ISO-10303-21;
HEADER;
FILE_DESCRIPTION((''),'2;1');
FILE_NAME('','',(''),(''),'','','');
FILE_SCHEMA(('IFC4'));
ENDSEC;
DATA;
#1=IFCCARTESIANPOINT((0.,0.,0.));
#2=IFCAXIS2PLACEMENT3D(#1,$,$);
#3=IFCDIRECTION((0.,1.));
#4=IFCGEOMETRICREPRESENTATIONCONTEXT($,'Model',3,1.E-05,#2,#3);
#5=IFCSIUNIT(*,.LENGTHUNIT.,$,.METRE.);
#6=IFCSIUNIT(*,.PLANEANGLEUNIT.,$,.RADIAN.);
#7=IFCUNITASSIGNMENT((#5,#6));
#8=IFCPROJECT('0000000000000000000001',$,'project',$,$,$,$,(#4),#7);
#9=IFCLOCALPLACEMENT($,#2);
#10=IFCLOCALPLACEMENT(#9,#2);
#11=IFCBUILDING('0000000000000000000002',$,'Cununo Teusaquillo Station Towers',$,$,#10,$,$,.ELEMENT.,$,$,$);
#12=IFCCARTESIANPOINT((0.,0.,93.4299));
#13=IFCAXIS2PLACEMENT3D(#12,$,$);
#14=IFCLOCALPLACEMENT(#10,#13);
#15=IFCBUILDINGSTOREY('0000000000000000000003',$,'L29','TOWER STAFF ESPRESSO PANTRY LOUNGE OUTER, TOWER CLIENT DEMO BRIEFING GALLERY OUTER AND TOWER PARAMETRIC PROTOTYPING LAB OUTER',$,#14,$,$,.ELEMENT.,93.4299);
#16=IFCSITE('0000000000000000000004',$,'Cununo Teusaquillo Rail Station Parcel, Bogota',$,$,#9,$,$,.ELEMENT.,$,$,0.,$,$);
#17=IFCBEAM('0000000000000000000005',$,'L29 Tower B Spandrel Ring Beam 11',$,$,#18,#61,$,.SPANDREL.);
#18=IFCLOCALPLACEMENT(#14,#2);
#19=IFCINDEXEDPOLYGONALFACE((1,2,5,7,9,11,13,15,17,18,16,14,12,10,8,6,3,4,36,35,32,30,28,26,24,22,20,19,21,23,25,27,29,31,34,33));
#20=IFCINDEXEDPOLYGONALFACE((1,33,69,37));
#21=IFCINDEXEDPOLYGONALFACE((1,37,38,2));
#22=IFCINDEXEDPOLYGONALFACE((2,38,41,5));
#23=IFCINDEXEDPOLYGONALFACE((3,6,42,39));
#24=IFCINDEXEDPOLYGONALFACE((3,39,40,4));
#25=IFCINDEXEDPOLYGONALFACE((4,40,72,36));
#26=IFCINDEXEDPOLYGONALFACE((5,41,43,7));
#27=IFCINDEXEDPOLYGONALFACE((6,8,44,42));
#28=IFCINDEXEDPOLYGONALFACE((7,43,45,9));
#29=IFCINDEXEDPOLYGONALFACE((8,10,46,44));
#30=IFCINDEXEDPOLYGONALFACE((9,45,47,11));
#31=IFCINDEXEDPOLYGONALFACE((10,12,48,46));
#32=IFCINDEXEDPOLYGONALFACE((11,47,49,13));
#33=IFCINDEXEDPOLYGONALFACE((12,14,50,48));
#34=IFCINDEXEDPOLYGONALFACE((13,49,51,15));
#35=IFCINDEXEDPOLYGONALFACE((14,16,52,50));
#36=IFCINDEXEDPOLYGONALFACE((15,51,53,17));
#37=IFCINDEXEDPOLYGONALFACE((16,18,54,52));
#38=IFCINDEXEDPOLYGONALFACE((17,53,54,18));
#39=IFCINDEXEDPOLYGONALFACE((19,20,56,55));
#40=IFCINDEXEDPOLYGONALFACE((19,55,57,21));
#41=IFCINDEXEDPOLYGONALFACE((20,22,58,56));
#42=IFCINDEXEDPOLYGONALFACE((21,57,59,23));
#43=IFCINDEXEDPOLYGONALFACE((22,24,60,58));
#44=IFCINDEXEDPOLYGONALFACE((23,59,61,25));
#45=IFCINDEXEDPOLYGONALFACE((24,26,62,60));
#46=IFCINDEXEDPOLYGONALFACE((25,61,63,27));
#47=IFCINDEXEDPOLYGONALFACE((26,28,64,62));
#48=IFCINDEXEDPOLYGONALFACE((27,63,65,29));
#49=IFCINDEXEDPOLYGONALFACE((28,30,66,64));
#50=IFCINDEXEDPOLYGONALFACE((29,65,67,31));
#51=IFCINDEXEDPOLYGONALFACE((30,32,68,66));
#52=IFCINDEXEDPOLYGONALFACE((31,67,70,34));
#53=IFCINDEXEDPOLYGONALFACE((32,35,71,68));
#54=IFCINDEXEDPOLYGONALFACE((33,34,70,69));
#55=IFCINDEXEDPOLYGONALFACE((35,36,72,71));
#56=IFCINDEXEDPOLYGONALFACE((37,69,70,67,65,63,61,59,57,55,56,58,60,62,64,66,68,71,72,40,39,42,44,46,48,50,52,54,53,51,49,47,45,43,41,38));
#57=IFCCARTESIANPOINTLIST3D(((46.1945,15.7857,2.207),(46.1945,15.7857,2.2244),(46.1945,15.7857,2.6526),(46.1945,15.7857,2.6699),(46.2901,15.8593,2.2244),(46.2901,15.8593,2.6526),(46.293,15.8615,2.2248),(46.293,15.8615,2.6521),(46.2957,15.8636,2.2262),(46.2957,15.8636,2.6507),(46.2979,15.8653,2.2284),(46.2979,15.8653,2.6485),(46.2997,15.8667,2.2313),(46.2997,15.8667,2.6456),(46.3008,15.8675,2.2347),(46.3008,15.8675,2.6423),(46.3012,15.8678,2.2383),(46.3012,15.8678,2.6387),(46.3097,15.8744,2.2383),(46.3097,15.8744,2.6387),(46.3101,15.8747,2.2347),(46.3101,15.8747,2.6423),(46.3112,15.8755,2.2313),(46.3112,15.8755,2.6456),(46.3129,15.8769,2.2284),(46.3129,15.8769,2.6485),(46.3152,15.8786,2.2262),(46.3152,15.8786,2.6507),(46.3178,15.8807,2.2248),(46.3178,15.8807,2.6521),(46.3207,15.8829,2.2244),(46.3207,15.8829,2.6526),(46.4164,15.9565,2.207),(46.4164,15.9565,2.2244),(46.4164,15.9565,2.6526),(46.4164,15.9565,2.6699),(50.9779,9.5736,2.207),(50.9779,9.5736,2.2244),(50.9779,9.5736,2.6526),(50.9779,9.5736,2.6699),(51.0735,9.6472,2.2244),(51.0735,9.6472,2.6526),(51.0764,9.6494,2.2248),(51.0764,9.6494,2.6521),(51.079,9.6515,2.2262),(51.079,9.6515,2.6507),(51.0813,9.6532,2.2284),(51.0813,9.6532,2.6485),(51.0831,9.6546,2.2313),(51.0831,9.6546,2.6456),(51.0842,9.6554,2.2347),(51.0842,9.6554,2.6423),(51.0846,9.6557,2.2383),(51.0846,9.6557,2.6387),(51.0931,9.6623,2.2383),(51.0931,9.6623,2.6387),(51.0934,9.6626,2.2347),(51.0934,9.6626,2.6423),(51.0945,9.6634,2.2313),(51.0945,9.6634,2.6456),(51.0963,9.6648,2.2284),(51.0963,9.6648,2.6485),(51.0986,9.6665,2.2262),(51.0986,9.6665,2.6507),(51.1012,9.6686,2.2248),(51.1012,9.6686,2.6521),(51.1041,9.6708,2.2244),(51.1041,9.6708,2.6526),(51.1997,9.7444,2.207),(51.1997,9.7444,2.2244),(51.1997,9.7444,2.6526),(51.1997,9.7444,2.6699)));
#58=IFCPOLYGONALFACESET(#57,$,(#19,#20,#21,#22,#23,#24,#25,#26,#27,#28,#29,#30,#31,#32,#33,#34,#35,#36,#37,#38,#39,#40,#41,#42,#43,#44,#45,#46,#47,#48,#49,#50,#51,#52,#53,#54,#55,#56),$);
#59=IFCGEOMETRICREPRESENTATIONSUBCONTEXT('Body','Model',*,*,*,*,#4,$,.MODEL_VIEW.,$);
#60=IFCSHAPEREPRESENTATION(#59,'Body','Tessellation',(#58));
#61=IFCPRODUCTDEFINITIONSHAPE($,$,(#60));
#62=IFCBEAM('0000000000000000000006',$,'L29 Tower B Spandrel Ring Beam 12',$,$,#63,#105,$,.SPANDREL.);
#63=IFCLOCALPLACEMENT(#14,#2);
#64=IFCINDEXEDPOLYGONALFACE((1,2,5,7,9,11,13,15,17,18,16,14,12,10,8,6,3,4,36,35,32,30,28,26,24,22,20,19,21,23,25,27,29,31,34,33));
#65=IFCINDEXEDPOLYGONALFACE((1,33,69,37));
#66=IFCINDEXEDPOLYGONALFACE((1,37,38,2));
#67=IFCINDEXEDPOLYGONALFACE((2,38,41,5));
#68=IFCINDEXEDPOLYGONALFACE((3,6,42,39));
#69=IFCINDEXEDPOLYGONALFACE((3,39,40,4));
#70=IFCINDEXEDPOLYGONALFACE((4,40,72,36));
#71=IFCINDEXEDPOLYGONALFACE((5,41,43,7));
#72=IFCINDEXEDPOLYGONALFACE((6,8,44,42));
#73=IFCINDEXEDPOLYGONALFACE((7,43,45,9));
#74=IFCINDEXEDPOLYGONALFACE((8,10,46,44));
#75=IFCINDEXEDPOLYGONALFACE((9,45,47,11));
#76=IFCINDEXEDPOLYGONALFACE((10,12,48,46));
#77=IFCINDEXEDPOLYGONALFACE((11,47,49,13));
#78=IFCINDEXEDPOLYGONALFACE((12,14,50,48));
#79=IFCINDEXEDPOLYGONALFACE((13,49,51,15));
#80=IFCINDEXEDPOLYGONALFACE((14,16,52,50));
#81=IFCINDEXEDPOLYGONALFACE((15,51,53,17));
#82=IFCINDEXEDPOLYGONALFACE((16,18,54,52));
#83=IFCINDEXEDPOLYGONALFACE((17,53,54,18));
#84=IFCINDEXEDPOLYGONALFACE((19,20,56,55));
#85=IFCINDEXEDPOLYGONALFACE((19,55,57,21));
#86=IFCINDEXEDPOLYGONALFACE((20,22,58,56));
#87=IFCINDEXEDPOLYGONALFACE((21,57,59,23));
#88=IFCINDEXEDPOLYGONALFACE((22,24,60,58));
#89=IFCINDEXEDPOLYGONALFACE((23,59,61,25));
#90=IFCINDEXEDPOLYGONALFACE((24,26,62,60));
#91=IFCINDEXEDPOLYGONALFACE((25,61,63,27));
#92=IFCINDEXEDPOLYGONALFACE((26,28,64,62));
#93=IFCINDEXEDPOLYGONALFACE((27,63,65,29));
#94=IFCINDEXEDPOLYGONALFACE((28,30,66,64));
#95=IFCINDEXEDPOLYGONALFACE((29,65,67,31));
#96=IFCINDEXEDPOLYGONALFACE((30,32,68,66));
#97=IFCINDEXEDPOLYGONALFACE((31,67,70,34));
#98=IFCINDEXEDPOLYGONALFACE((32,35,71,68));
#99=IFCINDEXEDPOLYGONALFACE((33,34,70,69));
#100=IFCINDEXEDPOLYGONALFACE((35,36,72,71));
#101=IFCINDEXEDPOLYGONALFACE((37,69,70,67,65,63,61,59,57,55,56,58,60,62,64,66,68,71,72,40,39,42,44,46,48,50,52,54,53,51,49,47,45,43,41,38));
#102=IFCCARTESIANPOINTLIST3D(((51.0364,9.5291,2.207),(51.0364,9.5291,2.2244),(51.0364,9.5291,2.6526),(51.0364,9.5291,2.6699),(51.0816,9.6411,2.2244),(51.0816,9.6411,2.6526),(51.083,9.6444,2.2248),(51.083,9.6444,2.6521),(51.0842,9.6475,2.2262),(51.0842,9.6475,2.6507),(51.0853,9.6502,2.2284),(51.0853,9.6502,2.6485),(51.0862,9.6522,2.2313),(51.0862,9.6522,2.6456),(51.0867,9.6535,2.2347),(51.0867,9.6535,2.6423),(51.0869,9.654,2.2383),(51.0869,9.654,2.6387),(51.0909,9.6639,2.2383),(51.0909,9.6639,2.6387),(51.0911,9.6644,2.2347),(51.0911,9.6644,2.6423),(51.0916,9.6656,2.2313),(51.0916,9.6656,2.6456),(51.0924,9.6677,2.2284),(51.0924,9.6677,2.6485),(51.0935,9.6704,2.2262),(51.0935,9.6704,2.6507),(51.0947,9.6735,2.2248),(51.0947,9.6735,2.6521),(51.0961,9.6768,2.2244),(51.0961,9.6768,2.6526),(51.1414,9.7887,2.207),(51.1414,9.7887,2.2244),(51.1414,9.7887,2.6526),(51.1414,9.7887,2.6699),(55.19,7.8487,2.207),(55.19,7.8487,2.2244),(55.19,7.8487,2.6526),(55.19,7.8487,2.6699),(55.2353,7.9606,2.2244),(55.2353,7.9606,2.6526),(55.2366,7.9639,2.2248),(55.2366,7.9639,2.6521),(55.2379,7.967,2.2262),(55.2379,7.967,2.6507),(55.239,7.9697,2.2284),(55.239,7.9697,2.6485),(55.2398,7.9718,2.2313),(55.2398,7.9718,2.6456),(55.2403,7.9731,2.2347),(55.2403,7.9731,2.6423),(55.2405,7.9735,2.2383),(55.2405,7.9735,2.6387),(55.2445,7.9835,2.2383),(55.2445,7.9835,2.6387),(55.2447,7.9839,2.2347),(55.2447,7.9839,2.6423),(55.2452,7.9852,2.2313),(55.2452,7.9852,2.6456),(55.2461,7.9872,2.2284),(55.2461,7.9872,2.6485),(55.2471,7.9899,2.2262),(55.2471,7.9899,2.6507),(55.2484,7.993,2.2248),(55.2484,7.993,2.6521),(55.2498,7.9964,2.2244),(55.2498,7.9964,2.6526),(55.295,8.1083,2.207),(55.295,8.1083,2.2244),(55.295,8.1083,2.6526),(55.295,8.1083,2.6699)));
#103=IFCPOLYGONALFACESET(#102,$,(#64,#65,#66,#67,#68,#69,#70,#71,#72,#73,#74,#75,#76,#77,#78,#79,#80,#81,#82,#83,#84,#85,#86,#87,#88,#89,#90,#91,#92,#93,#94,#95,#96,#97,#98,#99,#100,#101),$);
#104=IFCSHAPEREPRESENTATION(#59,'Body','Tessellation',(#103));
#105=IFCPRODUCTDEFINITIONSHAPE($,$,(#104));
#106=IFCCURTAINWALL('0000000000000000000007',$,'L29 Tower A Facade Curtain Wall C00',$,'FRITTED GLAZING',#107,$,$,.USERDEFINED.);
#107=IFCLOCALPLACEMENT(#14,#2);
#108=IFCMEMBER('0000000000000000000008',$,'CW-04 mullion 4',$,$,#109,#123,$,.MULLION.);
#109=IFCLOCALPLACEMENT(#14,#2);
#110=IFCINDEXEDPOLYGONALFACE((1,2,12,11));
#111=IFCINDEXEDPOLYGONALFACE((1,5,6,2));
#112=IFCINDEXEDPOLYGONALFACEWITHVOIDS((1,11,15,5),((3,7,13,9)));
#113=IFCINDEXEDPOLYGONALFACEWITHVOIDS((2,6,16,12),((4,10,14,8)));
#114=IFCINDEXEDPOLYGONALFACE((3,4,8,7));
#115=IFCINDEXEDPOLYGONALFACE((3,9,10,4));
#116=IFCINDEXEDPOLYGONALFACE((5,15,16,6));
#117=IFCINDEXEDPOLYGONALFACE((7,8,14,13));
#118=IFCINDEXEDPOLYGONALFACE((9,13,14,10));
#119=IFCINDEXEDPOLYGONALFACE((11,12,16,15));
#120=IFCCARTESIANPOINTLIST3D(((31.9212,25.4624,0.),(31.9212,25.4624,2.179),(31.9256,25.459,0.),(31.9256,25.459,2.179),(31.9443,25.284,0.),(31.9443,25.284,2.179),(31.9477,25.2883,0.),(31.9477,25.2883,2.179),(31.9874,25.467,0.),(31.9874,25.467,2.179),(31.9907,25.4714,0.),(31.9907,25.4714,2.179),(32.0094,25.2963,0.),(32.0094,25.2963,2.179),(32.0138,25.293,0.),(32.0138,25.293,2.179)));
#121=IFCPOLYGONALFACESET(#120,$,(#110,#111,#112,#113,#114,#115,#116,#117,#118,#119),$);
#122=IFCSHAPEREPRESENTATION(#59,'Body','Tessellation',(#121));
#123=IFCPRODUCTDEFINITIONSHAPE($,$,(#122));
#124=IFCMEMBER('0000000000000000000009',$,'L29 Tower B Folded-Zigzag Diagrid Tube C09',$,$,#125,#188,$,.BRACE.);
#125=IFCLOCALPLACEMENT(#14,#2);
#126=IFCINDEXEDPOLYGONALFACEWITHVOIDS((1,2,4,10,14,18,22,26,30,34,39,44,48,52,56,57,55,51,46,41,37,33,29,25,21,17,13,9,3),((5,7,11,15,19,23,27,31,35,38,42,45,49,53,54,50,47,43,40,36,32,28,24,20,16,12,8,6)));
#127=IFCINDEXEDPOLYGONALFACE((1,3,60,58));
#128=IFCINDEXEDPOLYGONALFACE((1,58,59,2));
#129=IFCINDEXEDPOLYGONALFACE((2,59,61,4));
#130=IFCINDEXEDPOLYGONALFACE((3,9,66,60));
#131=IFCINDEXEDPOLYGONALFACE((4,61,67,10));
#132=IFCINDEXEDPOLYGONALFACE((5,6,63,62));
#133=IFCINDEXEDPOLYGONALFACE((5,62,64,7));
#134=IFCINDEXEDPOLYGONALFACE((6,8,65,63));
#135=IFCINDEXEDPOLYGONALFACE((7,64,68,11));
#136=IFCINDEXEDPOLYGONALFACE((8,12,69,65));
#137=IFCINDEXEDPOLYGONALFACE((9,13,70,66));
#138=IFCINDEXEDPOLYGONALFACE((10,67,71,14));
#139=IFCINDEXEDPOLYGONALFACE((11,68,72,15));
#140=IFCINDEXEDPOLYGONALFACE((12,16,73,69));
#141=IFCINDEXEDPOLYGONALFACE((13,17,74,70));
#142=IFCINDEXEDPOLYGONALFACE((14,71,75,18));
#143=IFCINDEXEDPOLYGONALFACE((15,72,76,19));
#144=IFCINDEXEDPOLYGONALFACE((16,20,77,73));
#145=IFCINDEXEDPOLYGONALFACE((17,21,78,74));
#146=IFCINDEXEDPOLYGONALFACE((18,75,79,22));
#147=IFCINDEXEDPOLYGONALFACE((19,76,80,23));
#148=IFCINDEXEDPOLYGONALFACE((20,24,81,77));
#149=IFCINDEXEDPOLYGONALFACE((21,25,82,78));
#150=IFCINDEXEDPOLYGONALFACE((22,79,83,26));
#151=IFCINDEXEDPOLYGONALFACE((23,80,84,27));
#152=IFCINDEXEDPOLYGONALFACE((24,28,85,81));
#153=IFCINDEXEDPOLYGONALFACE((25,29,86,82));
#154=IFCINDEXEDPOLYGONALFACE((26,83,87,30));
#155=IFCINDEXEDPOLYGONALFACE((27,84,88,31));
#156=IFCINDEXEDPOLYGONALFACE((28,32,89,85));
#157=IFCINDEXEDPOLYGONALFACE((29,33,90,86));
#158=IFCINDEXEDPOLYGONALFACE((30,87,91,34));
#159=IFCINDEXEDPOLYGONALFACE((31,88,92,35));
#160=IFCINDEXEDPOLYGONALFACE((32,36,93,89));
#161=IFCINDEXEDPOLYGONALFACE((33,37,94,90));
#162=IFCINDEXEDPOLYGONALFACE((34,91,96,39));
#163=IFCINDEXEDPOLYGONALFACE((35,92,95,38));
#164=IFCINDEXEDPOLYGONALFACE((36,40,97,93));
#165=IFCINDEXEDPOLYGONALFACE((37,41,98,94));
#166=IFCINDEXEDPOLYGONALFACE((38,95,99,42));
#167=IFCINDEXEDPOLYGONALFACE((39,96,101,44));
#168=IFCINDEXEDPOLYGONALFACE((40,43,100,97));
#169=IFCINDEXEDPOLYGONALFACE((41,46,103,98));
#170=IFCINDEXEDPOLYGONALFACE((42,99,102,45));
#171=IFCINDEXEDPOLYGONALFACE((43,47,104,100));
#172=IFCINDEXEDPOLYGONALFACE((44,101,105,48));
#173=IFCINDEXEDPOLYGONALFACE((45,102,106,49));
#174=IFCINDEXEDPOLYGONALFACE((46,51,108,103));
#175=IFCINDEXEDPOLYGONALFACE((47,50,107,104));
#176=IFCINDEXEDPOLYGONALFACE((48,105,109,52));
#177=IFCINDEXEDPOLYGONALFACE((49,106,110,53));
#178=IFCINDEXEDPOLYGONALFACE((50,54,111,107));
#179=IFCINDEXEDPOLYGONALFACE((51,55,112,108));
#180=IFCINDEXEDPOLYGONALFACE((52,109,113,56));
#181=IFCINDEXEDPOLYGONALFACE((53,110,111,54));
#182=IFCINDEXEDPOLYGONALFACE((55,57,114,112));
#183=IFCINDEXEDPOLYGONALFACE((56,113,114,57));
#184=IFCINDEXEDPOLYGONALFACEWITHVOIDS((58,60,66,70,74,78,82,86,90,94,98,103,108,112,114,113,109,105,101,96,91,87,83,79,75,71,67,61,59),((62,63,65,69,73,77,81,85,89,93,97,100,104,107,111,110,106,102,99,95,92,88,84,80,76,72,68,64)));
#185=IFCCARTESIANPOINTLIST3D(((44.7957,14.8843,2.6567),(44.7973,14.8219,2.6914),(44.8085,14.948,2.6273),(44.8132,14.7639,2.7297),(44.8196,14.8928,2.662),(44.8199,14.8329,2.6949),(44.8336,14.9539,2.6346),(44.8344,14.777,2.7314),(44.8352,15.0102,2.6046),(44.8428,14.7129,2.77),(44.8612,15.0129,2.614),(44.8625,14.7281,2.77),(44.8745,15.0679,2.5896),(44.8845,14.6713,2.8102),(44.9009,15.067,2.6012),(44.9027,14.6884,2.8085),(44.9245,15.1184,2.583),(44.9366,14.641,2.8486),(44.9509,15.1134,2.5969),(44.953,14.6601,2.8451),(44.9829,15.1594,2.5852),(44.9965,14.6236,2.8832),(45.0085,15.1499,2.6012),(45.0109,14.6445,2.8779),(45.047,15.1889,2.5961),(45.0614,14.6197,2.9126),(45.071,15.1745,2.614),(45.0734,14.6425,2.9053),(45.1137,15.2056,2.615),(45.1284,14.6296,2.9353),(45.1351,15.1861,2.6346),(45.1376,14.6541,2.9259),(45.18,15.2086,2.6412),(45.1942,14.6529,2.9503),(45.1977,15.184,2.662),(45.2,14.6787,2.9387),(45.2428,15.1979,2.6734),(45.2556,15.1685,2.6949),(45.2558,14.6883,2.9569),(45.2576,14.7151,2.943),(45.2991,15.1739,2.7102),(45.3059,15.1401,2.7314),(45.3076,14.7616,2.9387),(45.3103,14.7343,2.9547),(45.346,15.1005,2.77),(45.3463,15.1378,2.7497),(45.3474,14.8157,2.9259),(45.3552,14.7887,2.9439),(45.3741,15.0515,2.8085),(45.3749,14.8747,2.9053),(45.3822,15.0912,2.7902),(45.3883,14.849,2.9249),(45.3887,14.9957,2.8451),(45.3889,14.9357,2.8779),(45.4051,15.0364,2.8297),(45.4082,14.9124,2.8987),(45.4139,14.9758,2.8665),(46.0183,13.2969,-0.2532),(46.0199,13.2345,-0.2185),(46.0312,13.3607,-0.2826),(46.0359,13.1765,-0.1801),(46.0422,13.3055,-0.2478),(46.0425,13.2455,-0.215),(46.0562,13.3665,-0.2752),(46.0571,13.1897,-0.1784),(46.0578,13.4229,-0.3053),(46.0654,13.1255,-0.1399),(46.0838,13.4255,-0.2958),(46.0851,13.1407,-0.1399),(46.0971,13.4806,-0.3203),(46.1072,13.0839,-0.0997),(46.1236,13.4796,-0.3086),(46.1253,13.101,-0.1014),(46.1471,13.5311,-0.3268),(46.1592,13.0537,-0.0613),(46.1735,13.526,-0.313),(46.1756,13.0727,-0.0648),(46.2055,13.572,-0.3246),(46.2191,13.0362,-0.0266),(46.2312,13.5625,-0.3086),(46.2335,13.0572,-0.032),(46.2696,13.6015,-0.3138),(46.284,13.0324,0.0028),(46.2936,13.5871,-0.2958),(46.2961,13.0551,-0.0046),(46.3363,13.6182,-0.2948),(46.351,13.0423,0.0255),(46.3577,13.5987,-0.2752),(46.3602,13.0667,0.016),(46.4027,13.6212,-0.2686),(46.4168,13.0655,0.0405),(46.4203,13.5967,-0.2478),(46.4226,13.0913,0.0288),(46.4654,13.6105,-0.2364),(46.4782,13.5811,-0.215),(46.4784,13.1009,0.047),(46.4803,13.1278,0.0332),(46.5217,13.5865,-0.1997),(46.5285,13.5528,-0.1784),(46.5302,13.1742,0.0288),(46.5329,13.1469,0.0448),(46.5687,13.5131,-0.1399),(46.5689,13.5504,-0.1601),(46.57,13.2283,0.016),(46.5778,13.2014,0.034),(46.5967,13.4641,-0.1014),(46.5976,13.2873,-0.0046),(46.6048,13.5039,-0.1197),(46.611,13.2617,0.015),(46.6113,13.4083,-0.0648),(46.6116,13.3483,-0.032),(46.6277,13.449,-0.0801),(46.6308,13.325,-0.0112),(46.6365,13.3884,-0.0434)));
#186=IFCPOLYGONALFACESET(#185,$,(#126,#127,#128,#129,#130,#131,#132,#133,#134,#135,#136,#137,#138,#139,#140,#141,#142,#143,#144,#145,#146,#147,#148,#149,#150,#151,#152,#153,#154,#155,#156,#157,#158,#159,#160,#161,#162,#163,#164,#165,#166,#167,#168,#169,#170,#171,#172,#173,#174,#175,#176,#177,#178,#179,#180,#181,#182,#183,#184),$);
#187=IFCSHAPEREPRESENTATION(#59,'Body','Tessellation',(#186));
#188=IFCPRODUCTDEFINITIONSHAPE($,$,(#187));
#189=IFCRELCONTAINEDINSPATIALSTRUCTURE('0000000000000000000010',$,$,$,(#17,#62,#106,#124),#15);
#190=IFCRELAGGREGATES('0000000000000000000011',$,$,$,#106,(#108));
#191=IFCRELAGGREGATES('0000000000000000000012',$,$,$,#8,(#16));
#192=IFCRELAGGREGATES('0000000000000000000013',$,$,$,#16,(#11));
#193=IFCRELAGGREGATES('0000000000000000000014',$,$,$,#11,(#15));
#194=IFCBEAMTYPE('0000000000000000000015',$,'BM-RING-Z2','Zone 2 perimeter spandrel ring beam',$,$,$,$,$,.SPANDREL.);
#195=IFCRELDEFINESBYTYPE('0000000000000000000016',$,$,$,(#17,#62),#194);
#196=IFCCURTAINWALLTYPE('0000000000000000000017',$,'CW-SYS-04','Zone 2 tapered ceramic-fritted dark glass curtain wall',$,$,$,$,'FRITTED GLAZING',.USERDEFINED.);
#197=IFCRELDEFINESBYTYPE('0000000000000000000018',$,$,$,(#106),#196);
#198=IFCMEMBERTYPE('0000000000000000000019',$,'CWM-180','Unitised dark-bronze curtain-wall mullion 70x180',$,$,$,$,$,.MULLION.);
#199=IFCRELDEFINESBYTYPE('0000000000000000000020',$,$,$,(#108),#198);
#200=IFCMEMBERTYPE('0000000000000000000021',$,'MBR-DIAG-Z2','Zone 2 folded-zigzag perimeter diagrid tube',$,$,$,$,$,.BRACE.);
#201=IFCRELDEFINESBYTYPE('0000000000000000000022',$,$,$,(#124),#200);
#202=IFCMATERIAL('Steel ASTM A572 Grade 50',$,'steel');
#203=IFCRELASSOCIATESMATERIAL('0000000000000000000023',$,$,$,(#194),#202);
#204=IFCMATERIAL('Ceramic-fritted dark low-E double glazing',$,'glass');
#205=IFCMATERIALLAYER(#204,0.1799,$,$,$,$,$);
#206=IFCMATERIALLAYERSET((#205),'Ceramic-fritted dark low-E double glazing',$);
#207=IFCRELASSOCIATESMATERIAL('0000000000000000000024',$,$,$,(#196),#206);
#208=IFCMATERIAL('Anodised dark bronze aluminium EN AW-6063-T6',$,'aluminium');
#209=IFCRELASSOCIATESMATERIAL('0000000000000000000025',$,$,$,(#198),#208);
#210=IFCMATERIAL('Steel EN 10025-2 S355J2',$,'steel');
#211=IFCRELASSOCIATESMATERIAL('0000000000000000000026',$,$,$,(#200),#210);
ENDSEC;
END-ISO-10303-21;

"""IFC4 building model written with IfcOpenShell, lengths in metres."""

from ifc_helpers import new_model, si_unit, direction, frame, origin, origin_2d, place, context, subcontext, project, spatial, hollow_rectangle, hollow_circle, i_section, extrude, material, layer, layer_set, material_profile, profile_set, type_object, element, aggregate, save


model = new_model("IFC4")

# Units and contexts
model_context = context("Model", 3, precision=1e-05, world=origin(), true_north=direction((0.0, 1.0)))
body_context = subcontext(model_context, "Body", "Model", "MODEL_VIEW")
ifc_project = project(units=[si_unit("LENGTHUNIT", "METRE"), si_unit("PLANEANGLEUNIT", "RADIAN")], contexts=[model_context])

# Site, building, storey
site_placement = place(None, origin())
site = spatial("IfcSite", under=ifc_project, at=site_placement, Name="Cununo Teusaquillo Rail Station Parcel, Bogota", CompositionType="ELEMENT", RefElevation=0.0)
building_placement = place(site_placement, origin())
building = spatial("IfcBuilding", under=site, at=building_placement, Name="Cununo Teusaquillo Station Towers", CompositionType="ELEMENT")
storey_placement = place(building_placement, frame((0.0, 0.0, 93.4299)))
storey = spatial("IfcBuildingStorey", under=building, at=storey_placement, Name="L29", Description="TOWER STAFF ESPRESSO PANTRY LOUNGE OUTER, TOWER CLIENT DEMO BRIEFING GALLERY OUTER AND TOWER PARAMETRIC PROTOTYPING LAB OUTER", CompositionType="ELEMENT", Elevation=93.4299)

# Beams
ifc_material_1 = material(Name="Steel ASTM A572 Grade 50", Category="steel")
ifc_material_profile_1 = material_profile(ifc_material_1, i_section(OverallWidth=0.28, OverallDepth=0.4629, WebThickness=0.0107, FlangeThickness=0.0173, FilletRadius=0.0139, at=origin_2d()), Name="W18X76")
ifc_profile_set_1 = profile_set([ifc_material_profile_1], Name="Steel ASTM A572 Grade 50")
beam_type_1 = type_object("IfcBeamType", Name="BM-RING-Z2", Description="Zone 2 perimeter spandrel ring beam", PredefinedType="SPANDREL", material=ifc_profile_set_1)
beam_1_placement = place(storey_placement, frame((46.3054, 15.8711, 2.4385), z_axis=(0.6101, -0.792324, 0.0), x_axis=(0.792324, 0.6101, 0.0)))
element("IfcBeam", 1, at=beam_1_placement, inside=storey, type_object=beam_type_1, Name="L29 Tower B Spandrel Ring Beam 11", PredefinedType="SPANDREL", context=body_context, shape_type="SweptSolid", body=[
    extrude(i_section(OverallWidth=0.28, OverallDepth=0.4629, WebThickness=0.0107, FlangeThickness=0.0173, FilletRadius=0.0139, at=origin_2d()), origin(), (0.0, 0.0, 1.0), 7.8403),
])
beam_2_placement = place(storey_placement, frame((51.0889, 9.6589, 2.4385), z_axis=(0.927008, -0.375042, 0.0), x_axis=(0.375042, 0.927008, 0.0)))
element("IfcBeam", 2, at=beam_2_placement, inside=storey, type_object=beam_type_1, Name="L29 Tower B Spandrel Ring Beam 12", PredefinedType="SPANDREL", context=body_context, shape_type="SweptSolid", body=[
    extrude(i_section(OverallWidth=0.28, OverallDepth=0.4629, WebThickness=0.0107, FlangeThickness=0.0173, FilletRadius=0.0139, at=origin_2d()), origin(), (0.0, 0.0, 1.0), 4.4807),
])

# Curtain wall, member
ifc_material_2 = material(Name="Ceramic-fritted dark low-E double glazing", Category="glass")
ifc_layer_1 = layer(ifc_material_2, 0.1799)
ifc_layer_set_1 = layer_set([ifc_layer_1], Name="Ceramic-fritted dark low-E double glazing")
curtain_wall_type = type_object("IfcCurtainWallType", Name="CW-SYS-04", Description="Zone 2 tapered ceramic-fritted dark glass curtain wall", ElementType="FRITTED GLAZING", PredefinedType="USERDEFINED", material=ifc_layer_set_1)
curtain_wall_placement = place(storey_placement, origin())
curtain_wall = element("IfcCurtainWall", 3, at=curtain_wall_placement, inside=storey, type_object=curtain_wall_type, Name="L29 Tower A Facade Curtain Wall C00", ObjectType="FRITTED GLAZING", PredefinedType="USERDEFINED")
ifc_material_3 = material(Name="Anodised dark bronze aluminium EN AW-6063-T6", Category="aluminium")
ifc_material_profile_2 = material_profile(ifc_material_3, hollow_rectangle(XDim=0.0701, YDim=0.1799, WallThickness=0.0039, at=origin_2d()), Name="CW-MULL-70x180")
ifc_profile_set_2 = profile_set([ifc_material_profile_2], Name="Anodised dark bronze aluminium EN AW-6063-T6")
member_type_1 = type_object("IfcMemberType", Name="CWM-180", Description="Unitised dark-bronze curtain-wall mullion 70x180", PredefinedType="MULLION", material=ifc_profile_set_2)
member_1_placement = place(storey_placement, frame((31.9675, 25.3777, 0.0), z_axis=(0.0, 0.0, 1.0), x_axis=(0.991731, 0.128336, 0.0)))
member_1 = element("IfcMember", 4, at=member_1_placement, type_object=member_type_1, Name="CW-04 mullion 4", PredefinedType="MULLION", context=body_context, shape_type="SweptSolid", body=[
    extrude(hollow_rectangle(XDim=0.0701, YDim=0.1799, WallThickness=0.0039, at=origin_2d()), origin(), (0.0, 0.0, 1.0), 2.179),
])
aggregate(curtain_wall, [member_1])

# Member
ifc_material_4 = material(Name="Steel EN 10025-2 S355J2", Category="steel")
ifc_material_profile_3 = material_profile(ifc_material_4, hollow_circle(Radius=0.3301, WallThickness=0.0249, at=origin_2d()), Name="CHS 660x25")
ifc_profile_set_3 = profile_set([ifc_material_profile_3], Name="Steel EN 10025-2 S355J2")
member_type_2 = type_object("IfcMemberType", Name="MBR-DIAG-Z2", Description="Zone 2 folded-zigzag perimeter diagrid tube", PredefinedType="BRACE", material=ifc_profile_set_3)
member_2_placement = place(storey_placement, frame((46.3269, 13.3269, -0.1399), z_axis=(-0.346064, 0.449303, 0.82363), x_axis=(-0.792243, -0.610205, 0.0)))
element("IfcMember", 5, at=member_2_placement, inside=storey, type_object=member_type_2, Name="L29 Tower B Folded-Zigzag Diagrid Tube C09", PredefinedType="BRACE", context=body_context, shape_type="SweptSolid", body=[
    extrude(hollow_circle(Radius=0.3301, WallThickness=0.0249, at=origin_2d()), origin(), (0.0, 0.0, 1.0), 3.533),
])

save(model, "model.ifc")
